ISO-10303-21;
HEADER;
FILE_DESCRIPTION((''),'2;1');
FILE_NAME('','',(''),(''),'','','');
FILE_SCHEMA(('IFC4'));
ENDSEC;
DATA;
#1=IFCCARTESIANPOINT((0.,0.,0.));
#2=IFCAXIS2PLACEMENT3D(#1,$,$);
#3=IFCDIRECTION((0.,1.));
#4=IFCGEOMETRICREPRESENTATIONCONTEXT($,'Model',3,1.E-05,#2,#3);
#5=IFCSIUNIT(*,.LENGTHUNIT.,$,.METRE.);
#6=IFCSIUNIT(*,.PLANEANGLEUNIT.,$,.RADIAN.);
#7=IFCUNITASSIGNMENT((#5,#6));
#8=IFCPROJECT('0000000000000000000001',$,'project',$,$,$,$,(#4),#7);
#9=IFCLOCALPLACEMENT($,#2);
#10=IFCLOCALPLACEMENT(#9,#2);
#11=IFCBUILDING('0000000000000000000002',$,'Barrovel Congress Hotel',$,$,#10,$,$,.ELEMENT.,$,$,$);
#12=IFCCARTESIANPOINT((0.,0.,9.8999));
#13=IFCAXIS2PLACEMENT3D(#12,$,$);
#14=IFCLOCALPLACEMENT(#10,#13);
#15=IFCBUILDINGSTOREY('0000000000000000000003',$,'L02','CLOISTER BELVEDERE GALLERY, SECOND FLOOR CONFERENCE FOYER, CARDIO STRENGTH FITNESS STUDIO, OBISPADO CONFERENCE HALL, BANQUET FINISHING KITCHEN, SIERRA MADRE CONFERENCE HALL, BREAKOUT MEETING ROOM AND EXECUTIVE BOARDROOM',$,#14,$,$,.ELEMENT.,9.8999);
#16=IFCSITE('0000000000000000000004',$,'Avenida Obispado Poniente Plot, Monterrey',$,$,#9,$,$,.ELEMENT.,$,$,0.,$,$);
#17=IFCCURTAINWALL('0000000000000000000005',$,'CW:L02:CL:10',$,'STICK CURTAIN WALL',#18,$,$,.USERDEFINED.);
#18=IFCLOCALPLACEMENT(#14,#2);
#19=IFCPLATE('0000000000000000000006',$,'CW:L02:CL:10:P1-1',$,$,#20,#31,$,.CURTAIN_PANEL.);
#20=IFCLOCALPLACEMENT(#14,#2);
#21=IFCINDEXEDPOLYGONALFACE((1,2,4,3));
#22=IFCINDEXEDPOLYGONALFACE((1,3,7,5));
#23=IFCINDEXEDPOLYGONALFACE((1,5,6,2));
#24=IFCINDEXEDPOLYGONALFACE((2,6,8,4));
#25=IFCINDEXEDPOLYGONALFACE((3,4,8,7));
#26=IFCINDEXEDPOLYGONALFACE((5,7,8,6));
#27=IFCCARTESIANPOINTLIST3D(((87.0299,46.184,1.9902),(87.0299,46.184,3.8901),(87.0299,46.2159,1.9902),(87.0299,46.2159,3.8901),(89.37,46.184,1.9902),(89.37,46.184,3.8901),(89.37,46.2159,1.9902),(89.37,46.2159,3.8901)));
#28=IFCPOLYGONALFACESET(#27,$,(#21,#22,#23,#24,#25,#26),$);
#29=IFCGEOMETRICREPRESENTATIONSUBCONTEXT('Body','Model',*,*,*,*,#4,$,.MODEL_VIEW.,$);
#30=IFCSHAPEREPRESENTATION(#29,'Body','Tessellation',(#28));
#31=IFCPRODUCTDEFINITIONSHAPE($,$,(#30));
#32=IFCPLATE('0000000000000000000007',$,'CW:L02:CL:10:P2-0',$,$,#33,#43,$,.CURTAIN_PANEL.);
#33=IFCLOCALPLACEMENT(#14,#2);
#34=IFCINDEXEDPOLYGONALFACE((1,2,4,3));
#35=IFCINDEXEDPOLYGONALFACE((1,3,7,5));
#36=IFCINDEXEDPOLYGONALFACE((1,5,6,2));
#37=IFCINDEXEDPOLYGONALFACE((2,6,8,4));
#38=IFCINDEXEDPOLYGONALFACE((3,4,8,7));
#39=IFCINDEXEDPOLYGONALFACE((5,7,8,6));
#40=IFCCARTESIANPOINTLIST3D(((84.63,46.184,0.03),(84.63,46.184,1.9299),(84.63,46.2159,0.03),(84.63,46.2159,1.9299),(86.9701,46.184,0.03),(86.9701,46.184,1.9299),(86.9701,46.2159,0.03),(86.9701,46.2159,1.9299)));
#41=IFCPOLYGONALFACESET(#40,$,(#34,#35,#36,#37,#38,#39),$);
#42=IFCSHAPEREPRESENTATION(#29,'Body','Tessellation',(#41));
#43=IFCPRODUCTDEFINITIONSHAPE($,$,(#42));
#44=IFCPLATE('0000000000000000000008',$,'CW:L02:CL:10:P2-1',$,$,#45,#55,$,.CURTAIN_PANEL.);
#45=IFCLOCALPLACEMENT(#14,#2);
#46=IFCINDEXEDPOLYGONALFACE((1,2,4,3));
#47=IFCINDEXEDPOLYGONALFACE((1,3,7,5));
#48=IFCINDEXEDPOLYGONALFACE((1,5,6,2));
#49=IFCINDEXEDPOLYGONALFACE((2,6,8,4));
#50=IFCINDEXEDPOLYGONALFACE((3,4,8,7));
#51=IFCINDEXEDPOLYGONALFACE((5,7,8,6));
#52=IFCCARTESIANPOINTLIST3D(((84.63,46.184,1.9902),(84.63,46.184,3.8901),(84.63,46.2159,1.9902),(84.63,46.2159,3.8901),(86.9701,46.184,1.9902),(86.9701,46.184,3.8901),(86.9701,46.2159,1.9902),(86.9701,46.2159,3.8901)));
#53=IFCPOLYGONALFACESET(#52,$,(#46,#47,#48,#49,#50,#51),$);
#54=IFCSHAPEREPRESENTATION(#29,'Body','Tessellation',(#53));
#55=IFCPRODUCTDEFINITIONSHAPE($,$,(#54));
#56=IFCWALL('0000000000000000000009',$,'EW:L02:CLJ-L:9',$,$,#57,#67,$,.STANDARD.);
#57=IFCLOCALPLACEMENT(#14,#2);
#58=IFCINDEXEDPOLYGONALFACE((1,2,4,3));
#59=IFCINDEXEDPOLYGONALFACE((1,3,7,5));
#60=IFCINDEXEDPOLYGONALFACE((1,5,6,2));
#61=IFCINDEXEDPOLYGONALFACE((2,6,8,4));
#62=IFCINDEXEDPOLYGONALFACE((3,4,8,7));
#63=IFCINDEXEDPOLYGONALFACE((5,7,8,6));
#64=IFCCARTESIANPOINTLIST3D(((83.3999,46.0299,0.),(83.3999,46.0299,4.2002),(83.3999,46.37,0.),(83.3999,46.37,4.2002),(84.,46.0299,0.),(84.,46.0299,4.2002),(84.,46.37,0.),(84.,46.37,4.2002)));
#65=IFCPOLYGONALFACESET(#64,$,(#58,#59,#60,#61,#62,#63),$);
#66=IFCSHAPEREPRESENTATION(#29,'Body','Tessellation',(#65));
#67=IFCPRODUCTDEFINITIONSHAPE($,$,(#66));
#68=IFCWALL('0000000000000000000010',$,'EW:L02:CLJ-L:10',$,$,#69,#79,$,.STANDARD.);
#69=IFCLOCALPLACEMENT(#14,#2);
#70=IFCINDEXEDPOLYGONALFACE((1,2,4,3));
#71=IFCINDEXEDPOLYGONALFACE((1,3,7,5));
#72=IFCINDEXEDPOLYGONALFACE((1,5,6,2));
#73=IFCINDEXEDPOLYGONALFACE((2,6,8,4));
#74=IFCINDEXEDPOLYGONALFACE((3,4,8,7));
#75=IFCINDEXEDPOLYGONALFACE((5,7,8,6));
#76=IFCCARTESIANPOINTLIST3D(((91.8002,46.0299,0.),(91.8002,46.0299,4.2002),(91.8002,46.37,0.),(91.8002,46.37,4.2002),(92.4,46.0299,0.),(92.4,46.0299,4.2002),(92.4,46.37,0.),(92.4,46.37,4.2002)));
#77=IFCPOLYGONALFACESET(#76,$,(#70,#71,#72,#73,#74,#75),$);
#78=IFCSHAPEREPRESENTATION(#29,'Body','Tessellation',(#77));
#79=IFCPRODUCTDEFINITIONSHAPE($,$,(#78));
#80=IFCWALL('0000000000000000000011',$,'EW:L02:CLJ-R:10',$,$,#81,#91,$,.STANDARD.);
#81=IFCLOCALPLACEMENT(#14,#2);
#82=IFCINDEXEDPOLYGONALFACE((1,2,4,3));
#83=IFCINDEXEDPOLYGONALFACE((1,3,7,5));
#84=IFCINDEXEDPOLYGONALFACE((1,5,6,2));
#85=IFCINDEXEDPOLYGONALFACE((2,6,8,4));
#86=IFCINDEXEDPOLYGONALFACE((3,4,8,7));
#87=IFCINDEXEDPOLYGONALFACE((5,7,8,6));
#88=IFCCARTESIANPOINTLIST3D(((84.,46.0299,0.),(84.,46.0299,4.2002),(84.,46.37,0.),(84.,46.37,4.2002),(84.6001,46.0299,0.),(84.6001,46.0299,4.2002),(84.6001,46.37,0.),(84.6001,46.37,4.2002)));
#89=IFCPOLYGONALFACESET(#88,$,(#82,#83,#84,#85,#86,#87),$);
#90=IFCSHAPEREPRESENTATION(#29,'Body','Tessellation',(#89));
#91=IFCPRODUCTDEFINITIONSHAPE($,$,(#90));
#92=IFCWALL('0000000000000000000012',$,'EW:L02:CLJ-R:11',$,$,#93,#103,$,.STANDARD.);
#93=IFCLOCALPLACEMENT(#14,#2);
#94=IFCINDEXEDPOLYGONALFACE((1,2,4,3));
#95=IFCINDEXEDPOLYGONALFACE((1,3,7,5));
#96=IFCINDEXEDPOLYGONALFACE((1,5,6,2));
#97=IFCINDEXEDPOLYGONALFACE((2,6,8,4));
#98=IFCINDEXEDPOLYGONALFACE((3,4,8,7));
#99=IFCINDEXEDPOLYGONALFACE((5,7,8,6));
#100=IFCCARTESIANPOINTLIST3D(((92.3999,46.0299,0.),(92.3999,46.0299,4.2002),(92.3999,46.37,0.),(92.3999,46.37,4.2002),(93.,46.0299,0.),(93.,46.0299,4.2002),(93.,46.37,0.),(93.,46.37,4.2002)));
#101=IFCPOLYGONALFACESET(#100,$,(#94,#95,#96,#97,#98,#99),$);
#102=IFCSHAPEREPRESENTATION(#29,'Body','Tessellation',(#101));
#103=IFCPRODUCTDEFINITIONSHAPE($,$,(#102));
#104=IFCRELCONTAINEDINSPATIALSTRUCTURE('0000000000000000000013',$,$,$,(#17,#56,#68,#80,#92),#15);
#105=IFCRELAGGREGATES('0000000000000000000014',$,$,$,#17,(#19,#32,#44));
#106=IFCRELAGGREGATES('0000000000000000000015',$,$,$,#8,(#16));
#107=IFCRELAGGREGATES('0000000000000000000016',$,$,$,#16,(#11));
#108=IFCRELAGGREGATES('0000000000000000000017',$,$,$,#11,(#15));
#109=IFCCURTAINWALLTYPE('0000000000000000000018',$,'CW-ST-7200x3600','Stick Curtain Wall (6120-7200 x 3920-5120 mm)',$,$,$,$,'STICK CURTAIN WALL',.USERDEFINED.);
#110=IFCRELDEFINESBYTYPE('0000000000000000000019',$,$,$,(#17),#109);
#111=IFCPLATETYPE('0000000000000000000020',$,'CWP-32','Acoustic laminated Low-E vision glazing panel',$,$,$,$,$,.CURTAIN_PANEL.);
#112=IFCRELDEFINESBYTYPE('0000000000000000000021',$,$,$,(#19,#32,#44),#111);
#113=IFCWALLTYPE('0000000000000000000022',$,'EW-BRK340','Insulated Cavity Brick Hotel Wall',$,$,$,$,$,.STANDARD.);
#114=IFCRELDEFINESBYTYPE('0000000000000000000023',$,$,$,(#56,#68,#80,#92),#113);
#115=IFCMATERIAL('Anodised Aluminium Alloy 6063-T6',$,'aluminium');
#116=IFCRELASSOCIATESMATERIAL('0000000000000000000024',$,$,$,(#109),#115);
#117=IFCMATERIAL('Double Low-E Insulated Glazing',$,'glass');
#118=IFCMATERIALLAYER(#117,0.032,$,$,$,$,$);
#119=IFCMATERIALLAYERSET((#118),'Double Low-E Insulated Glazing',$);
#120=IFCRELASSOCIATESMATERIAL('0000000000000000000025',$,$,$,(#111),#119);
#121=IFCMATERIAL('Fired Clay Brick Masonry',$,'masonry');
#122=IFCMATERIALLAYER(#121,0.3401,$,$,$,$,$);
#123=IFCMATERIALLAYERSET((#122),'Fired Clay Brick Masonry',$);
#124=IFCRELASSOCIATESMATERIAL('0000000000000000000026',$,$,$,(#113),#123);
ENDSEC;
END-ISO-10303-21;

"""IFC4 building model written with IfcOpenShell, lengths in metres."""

from ifc_helpers import new_model, si_unit, direction, frame, frame_2d, origin, origin_2d, place, context, subcontext, project, spatial, rectangle, extrude, material, layer, layer_set, type_object, element, aggregate, save


model = new_model("IFC4")

# Units and contexts
model_context = context("Model", 3, precision=1e-05, world=origin(), true_north=direction((0.0, 1.0)))
body_context = subcontext(model_context, "Body", "Model", "MODEL_VIEW")
ifc_project = project(units=[si_unit("LENGTHUNIT", "METRE"), si_unit("PLANEANGLEUNIT", "RADIAN")], contexts=[model_context])

# Site, building, storey
site_placement = place(None, origin())
site = spatial("IfcSite", under=ifc_project, at=site_placement, Name="Avenida Obispado Poniente Plot, Monterrey", CompositionType="ELEMENT", RefElevation=0.0)
building_placement = place(site_placement, origin())
building = spatial("IfcBuilding", under=site, at=building_placement, Name="Barrovel Congress Hotel", CompositionType="ELEMENT")
storey_placement = place(building_placement, frame((0.0, 0.0, 9.8999)))
storey = spatial("IfcBuildingStorey", under=building, at=storey_placement, Name="L02", Description="CLOISTER BELVEDERE GALLERY, SECOND FLOOR CONFERENCE FOYER, CARDIO STRENGTH FITNESS STUDIO, OBISPADO CONFERENCE HALL, BANQUET FINISHING KITCHEN, SIERRA MADRE CONFERENCE HALL, BREAKOUT MEETING ROOM AND EXECUTIVE BOARDROOM", CompositionType="ELEMENT", Elevation=9.8999)

# Shared definitions
ifc_material_1 = material(Name="Anodised Aluminium Alloy 6063-T6", Category="aluminium")
curtain_wall_type = type_object("IfcCurtainWallType", Name="CW-ST-7200x3600", Description="Stick Curtain Wall (6120-7200 x 3920-5120 mm)", ElementType="STICK CURTAIN WALL", PredefinedType="USERDEFINED", material=ifc_material_1)

# Curtain wall
curtain_wall_1_placement = place(storey_placement, origin())
curtain_wall_1 = element("IfcCurtainWall", 1, at=curtain_wall_1_placement, inside=storey, type_object=curtain_wall_type, Name="CW:L02:CL:10", ObjectType="STICK CURTAIN WALL", PredefinedType="USERDEFINED")

# Plates
ifc_material_2 = material(Name="Double Low-E Insulated Glazing", Category="glass")
ifc_layer_1 = layer(ifc_material_2, 0.032)
ifc_layer_set_1 = layer_set([ifc_layer_1], Name="Double Low-E Insulated Glazing")
plate_type = type_object("IfcPlateType", Name="CWP-32", Description="Acoustic laminated Low-E vision glazing panel", PredefinedType="CURTAIN_PANEL", material=ifc_layer_set_1)
plate_1_placement = place(storey_placement, frame((88.2, 46.2, 1.9902), z_axis=(0.0, 0.0, 1.0), x_axis=(-1.0, 0.0, 0.0)))
plate_1 = element("IfcPlate", 2, at=plate_1_placement, type_object=plate_type, Name="CW:L02:CL:10:P1-1", PredefinedType="CURTAIN_PANEL", context=body_context, shape_type="SweptSolid", body=[
    extrude(rectangle(XDim=2.3401, YDim=0.032, at=origin_2d()), origin(), (0.0, 0.0, 1.0), 1.8999),
])
plate_2_placement = place(storey_placement, frame((85.8, 46.2, 0.03), z_axis=(0.0, 0.0, 1.0), x_axis=(-1.0, 0.0, 0.0)))
plate_2 = element("IfcPlate", 3, at=plate_2_placement, type_object=plate_type, Name="CW:L02:CL:10:P2-0", PredefinedType="CURTAIN_PANEL", context=body_context, shape_type="SweptSolid", body=[
    extrude(rectangle(XDim=2.3401, YDim=0.032, at=origin_2d()), origin(), (0.0, 0.0, 1.0), 1.8999),
])
plate_3_placement = place(storey_placement, frame((85.8, 46.2, 1.9902), z_axis=(0.0, 0.0, 1.0), x_axis=(-1.0, 0.0, 0.0)))
plate_3 = element("IfcPlate", 4, at=plate_3_placement, type_object=plate_type, Name="CW:L02:CL:10:P2-1", PredefinedType="CURTAIN_PANEL", context=body_context, shape_type="SweptSolid", body=[
    extrude(rectangle(XDim=2.3401, YDim=0.032, at=origin_2d()), origin(), (0.0, 0.0, 1.0), 1.8999),
])
aggregate(curtain_wall_1, [plate_1, plate_2, plate_3])

# Walls
ifc_material_3 = material(Name="Fired Clay Brick Masonry", Category="masonry")
ifc_layer_2 = layer(ifc_material_3, 0.3401)
ifc_layer_set_2 = layer_set([ifc_layer_2], Name="Fired Clay Brick Masonry")
wall_type = type_object("IfcWallType", Name="EW-BRK340", Description="Insulated Cavity Brick Hotel Wall", PredefinedType="STANDARD", material=ifc_layer_set_2)
wall_1_placement = place(storey_placement, frame((84.0, 46.2, 0.0), z_axis=(0.0, 0.0, 1.0), x_axis=(-1.0, 0.0, 0.0)))
element("IfcWall", 5, at=wall_1_placement, inside=storey, type_object=wall_type, Name="EW:L02:CLJ-L:9", PredefinedType="STANDARD", context=body_context, shape_type="SweptSolid", body=[
    extrude(rectangle(XDim=0.6001, YDim=0.3401, at=frame_2d((0.3, 0.0))), origin(), (0.0, 0.0, 1.0), 4.2002),
])
wall_2_placement = place(storey_placement, frame((92.3999, 46.2, 0.0), z_axis=(0.0, 0.0, 1.0), x_axis=(-1.0, 0.0, 0.0)))
element("IfcWall", 6, at=wall_2_placement, inside=storey, type_object=wall_type, Name="EW:L02:CLJ-L:10", PredefinedType="STANDARD", context=body_context, shape_type="SweptSolid", body=[
    extrude(rectangle(XDim=0.5999, YDim=0.3401, at=frame_2d((0.2998, 0.0))), origin(), (0.0, 0.0, 1.0), 4.2002),
])
for number, where, z_axis, x_axis, name in (
    (7, (84.6001, 46.2, 0.0), (0.0, 0.0, 1.0), (-1.0, 0.0, 0.0), "EW:L02:CLJ-R:10"),
    (8, (93.0, 46.2, 0.0), (0.0, 0.0, 1.0), (-1.0, 0.0, 0.0), "EW:L02:CLJ-R:11"),
):
    element("IfcWall", number, at=place(storey_placement, frame(where, z_axis=z_axis, x_axis=x_axis)), inside=storey, type_object=wall_type, Name=name, PredefinedType="STANDARD", context=body_context, shape_type="SweptSolid", body=[
        extrude(rectangle(XDim=0.6001, YDim=0.3401, at=frame_2d((0.3, 0.0))), origin(), (0.0, 0.0, 1.0), 4.2002),
    ])

save(model, "model.ifc")
